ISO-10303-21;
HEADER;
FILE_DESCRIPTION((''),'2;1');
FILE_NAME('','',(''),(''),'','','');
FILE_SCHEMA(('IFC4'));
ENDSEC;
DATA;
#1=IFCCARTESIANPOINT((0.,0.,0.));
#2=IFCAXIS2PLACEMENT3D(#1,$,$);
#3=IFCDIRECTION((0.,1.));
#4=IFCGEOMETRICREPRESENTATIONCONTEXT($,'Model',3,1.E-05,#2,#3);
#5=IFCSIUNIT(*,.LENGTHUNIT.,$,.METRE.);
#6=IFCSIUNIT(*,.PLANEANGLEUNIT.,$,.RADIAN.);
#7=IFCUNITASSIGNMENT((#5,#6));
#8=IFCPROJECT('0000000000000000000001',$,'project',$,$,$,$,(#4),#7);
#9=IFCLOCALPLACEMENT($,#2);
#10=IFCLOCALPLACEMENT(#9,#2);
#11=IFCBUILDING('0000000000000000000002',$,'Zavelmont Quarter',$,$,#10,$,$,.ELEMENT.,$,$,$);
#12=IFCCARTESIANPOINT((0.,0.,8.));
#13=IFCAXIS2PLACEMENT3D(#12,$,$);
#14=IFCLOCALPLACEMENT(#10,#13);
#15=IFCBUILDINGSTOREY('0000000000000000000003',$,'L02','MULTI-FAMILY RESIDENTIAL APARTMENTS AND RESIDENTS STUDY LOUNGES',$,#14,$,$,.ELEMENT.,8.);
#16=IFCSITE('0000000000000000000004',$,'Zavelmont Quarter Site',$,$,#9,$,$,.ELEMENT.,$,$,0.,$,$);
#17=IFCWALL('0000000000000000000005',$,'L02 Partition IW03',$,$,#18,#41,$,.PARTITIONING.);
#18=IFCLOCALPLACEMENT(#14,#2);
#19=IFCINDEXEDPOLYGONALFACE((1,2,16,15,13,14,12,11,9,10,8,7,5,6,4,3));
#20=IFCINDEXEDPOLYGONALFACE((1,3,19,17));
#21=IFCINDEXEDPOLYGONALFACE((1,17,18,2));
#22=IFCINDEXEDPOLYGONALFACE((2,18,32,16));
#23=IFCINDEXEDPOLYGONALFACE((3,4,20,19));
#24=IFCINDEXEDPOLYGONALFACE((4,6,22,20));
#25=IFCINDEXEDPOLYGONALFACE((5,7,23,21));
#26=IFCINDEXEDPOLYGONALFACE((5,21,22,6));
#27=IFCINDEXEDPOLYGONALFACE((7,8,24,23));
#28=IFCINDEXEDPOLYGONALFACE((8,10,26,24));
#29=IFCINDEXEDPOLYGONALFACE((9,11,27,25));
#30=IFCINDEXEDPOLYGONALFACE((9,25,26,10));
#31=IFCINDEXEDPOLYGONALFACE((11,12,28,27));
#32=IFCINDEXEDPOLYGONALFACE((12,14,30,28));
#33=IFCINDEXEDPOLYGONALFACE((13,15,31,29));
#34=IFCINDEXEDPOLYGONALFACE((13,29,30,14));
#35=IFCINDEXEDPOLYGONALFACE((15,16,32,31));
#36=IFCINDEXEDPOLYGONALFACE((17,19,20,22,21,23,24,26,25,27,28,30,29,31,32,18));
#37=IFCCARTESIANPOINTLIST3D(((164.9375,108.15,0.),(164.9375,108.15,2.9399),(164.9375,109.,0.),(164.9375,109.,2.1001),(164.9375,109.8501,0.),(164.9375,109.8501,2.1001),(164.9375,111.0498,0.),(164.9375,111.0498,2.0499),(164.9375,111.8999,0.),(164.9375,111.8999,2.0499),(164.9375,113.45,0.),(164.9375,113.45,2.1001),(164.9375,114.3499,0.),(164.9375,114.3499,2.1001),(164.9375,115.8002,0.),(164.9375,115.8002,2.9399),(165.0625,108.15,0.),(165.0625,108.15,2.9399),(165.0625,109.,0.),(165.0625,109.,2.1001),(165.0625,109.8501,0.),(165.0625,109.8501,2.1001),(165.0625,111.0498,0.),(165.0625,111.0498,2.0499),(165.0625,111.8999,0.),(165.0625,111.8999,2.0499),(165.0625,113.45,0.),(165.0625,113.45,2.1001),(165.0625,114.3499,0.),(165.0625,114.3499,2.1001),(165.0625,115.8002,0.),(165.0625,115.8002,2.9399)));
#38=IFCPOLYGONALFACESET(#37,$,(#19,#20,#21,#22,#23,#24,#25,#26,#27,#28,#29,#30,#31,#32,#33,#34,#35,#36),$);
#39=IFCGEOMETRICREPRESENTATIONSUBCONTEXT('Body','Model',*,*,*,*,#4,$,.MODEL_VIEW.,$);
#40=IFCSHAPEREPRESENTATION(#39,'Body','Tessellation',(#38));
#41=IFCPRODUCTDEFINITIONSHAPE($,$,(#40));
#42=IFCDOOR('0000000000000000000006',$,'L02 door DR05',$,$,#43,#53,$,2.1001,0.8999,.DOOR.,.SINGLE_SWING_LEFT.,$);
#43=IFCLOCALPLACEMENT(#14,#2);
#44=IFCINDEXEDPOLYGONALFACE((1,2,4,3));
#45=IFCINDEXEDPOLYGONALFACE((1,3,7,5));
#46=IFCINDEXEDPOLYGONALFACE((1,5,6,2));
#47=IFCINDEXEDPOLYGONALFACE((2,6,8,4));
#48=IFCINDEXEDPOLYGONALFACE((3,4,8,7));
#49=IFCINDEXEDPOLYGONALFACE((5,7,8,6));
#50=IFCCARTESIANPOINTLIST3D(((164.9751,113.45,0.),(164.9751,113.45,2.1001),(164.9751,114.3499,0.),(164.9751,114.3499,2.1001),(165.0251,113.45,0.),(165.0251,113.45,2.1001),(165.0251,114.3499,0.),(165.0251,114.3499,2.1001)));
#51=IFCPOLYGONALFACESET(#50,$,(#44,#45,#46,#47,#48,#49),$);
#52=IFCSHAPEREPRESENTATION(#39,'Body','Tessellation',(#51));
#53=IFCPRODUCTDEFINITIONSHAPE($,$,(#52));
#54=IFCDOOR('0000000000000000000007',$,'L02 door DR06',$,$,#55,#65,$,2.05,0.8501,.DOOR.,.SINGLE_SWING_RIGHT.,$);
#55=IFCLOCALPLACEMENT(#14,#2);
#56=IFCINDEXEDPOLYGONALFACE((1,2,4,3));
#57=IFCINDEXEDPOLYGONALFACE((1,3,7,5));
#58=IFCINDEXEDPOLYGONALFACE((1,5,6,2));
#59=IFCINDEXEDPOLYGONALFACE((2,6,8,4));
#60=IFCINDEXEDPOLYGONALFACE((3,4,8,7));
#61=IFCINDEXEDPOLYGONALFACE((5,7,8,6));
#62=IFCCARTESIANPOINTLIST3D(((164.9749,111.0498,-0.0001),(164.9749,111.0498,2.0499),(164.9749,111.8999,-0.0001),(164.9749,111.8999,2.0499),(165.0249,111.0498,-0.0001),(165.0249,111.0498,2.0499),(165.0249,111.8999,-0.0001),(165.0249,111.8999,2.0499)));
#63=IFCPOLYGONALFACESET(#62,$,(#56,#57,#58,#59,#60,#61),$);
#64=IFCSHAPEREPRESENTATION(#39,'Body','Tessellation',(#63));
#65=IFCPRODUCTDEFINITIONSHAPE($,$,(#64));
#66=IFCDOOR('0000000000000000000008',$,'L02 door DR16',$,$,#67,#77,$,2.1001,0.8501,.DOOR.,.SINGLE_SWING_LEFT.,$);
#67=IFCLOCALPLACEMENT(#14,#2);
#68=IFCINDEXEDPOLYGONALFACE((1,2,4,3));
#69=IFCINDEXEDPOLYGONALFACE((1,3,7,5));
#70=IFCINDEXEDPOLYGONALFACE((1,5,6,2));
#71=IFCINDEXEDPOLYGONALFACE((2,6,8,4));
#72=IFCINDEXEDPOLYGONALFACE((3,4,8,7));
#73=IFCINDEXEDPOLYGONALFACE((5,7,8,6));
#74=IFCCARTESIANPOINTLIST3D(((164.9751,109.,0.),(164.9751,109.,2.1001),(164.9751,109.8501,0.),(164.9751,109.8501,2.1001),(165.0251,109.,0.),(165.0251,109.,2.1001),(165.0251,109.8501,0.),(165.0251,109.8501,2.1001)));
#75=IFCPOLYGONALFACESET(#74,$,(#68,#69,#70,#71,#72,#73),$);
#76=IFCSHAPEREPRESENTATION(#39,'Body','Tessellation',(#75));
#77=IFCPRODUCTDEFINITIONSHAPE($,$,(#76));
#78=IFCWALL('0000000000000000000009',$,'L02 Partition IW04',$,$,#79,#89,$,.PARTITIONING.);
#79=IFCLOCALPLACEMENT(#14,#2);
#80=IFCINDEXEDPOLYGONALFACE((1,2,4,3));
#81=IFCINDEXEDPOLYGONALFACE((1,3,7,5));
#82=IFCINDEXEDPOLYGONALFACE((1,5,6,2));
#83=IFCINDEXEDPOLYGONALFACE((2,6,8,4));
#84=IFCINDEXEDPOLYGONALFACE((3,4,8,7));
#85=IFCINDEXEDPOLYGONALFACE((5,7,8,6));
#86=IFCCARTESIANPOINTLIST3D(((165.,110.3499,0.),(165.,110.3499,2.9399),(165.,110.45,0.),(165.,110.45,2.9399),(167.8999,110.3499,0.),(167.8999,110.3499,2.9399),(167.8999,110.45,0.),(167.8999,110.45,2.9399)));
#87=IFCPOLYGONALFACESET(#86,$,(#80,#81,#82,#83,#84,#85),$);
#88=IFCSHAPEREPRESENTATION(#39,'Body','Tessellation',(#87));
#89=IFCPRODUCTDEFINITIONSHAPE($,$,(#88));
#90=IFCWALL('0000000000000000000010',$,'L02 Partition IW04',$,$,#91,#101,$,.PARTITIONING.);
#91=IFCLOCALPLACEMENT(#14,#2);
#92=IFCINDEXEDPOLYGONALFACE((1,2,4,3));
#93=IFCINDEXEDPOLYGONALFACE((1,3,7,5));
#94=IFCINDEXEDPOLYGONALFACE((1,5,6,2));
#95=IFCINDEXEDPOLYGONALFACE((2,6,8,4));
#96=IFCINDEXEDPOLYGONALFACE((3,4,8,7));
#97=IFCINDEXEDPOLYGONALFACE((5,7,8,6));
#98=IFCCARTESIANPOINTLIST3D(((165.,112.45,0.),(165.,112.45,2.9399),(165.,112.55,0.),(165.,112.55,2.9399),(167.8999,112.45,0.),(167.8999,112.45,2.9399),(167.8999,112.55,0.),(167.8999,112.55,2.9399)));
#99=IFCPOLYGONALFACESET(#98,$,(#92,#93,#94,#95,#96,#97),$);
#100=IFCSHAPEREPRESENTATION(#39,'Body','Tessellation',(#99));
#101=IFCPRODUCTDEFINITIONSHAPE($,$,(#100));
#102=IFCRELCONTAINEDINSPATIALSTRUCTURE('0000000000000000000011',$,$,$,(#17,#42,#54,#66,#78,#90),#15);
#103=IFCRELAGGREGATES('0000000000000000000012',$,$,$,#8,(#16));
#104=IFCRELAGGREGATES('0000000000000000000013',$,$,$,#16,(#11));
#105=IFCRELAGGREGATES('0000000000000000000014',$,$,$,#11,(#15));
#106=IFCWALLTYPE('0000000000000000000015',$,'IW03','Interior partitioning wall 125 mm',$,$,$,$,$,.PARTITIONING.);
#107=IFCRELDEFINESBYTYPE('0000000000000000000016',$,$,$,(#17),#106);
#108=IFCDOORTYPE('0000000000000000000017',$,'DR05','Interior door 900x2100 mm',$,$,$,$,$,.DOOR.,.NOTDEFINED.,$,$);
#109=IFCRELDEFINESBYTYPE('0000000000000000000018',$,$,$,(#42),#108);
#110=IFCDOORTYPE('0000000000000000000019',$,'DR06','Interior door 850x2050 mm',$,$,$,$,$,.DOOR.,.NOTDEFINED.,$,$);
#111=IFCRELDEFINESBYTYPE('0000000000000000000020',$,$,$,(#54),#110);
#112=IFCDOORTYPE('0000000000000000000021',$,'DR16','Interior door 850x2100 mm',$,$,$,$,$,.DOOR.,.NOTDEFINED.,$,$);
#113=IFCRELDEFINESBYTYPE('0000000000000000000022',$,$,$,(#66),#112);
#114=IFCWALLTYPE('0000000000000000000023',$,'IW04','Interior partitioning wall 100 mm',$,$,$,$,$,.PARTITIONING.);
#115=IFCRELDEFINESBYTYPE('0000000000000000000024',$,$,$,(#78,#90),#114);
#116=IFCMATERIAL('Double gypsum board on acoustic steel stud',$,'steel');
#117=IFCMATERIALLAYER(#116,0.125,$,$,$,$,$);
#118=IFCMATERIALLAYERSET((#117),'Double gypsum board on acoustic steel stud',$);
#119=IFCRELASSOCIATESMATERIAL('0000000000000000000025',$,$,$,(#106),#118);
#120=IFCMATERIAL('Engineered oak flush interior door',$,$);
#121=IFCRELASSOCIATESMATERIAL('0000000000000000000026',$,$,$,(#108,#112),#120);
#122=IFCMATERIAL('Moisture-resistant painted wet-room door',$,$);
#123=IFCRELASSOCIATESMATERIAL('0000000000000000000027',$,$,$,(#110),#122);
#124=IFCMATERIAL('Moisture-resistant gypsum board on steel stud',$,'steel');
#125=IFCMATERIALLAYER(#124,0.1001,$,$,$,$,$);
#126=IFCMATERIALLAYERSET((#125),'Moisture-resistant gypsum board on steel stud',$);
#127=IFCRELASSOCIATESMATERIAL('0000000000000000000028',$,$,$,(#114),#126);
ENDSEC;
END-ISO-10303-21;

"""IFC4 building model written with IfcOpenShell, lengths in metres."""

from ifc_helpers import new_model, si_unit, direction, frame, frame_2d, origin, origin_with_axes, place, context, subcontext, project, spatial, rectangle, extrude, material, layer, layer_set, type_object, element, fill, save


model = new_model("IFC4")

# Units and contexts
model_context = context("Model", 3, precision=1e-05, world=origin(), true_north=direction((0.0, 1.0)))
body_context = subcontext(model_context, "Body", "Model", "MODEL_VIEW")
ifc_project = project(units=[si_unit("LENGTHUNIT", "METRE"), si_unit("PLANEANGLEUNIT", "RADIAN")], contexts=[model_context])

# Site, building, storey
site_placement = place(None, origin())
site = spatial("IfcSite", under=ifc_project, at=site_placement, Name="Zavelmont Quarter Site", CompositionType="ELEMENT", RefElevation=0.0)
building_placement = place(site_placement, origin())
building = spatial("IfcBuilding", under=site, at=building_placement, Name="Zavelmont Quarter", CompositionType="ELEMENT")
storey_placement = place(building_placement, frame((0.0, 0.0, 8.0)))
storey = spatial("IfcBuildingStorey", under=building, at=storey_placement, Name="L02", Description="MULTI-FAMILY RESIDENTIAL APARTMENTS AND RESIDENTS STUDY LOUNGES", CompositionType="ELEMENT", Elevation=8.0)

# Wall, openings, doors
ifc_material_1 = material(Name="Double gypsum board on acoustic steel stud", Category="steel")
ifc_layer_1 = layer(ifc_material_1, 0.125)
ifc_layer_set_1 = layer_set([ifc_layer_1], Name="Double gypsum board on acoustic steel stud")
wall_type_1 = type_object("IfcWallType", Name="IW03", Description="Interior partitioning wall 125 mm", PredefinedType="PARTITIONING", material=ifc_layer_set_1)
wall_placement = place(storey_placement, frame((165.0, 108.1499, 0.0), z_axis=(0.0, 0.0, 1.0), x_axis=(0.0, 1.0, 0.0)))
wall = element("IfcWall", 1, at=wall_placement, inside=storey, type_object=wall_type_1, Name="L02 Partition IW03", PredefinedType="PARTITIONING", context=body_context, shape_type="SweptSolid", body=[
    extrude(rectangle(XDim=7.6501, YDim=0.125, at=frame_2d((3.8252, 0.0))), origin(), (0.0, 0.0, 1.0), 2.9399),
])
opening_1_placement = place(wall_placement, frame((0.8501, 0.0, 0.0)))
opening_1 = element("IfcOpeningElement", 2, at=opening_1_placement, cuts=wall, PredefinedType="OPENING", context=body_context, shape_type="SweptSolid", body=[
    extrude(rectangle(XDim=0.8501, YDim=2.1001, at=frame_2d((0.425, 1.05))), frame((0.0, 0.0745, 0.0), z_axis=(0.0, -1.0, 0.0), x_axis=(1.0, 0.0, 0.0)), (0.0, 0.0, 1.0), 0.1489),
])
opening_2_placement = place(wall_placement, frame((2.8999, 0.0, 0.0)))
opening_2 = element("IfcOpeningElement", 3, at=opening_2_placement, cuts=wall, PredefinedType="OPENING", context=body_context, shape_type="SweptSolid", body=[
    extrude(rectangle(XDim=0.8501, YDim=2.05, at=frame_2d((0.425, 1.0249))), frame((0.0, 0.0745, 0.0), z_axis=(0.0, -1.0, 0.0), x_axis=(1.0, 0.0, 0.0)), (0.0, 0.0, 1.0), 0.1489),
])
opening_3_placement = place(wall_placement, frame((5.3, 0.0, 0.0)))
opening_3 = element("IfcOpeningElement", 4, at=opening_3_placement, cuts=wall, PredefinedType="OPENING", context=body_context, shape_type="SweptSolid", body=[
    extrude(rectangle(XDim=0.8999, YDim=2.1001, at=frame_2d((0.45, 1.05))), frame((0.0, 0.0745, 0.0), z_axis=(0.0, -1.0, 0.0), x_axis=(1.0, 0.0, 0.0)), (0.0, 0.0, 1.0), 0.1489),
])
ifc_material_2 = material(Name="Engineered oak flush interior door")
door_type_1 = type_object("IfcDoorType", Name="DR05", Description="Interior door 900x2100 mm", OperationType="NOTDEFINED", PredefinedType="DOOR", material=ifc_material_2)
door_1_placement = place(opening_3_placement, origin_with_axes())
door_1 = element("IfcDoor", 5, at=door_1_placement, inside=storey, type_object=door_type_1, Name="L02 door DR05", OperationType="SINGLE_SWING_LEFT", OverallHeight=2.1001, OverallWidth=0.8999, PredefinedType="DOOR", context=body_context, shape_type="SweptSolid", body=[
    extrude(rectangle(XDim=0.8999, YDim=2.1001, at=frame_2d((0.45, 1.05))), frame((0.0, 0.0249, 0.0), z_axis=(0.0, -1.0, 0.0), x_axis=(1.0, 0.0, 0.0)), (0.0, 0.0, 1.0), 0.05),
])
fill(opening_3, door_1)
ifc_material_3 = material(Name="Moisture-resistant painted wet-room door")
door_type_2 = type_object("IfcDoorType", Name="DR06", Description="Interior door 850x2050 mm", OperationType="NOTDEFINED", PredefinedType="DOOR", material=ifc_material_3)
door_2_placement = place(opening_2_placement, frame((0.8501, 0.0, 0.0), z_axis=(0.0, 0.0, 1.0), x_axis=(-1.0, 0.0, 0.0)))
door_2 = element("IfcDoor", 6, at=door_2_placement, inside=storey, type_object=door_type_2, Name="L02 door DR06", OperationType="SINGLE_SWING_RIGHT", OverallHeight=2.05, OverallWidth=0.8501, PredefinedType="DOOR", context=body_context, shape_type="SweptSolid", body=[
    extrude(rectangle(XDim=0.8501, YDim=2.05, at=frame_2d((0.425, 1.0249))), frame((0.0, 0.0249, 0.0), z_axis=(0.0, -1.0, 0.0), x_axis=(1.0, 0.0, 0.0)), (0.0, 0.0, 1.0), 0.05),
])
fill(opening_2, door_2)
door_type_3 = type_object("IfcDoorType", Name="DR16", Description="Interior door 850x2100 mm", OperationType="NOTDEFINED", PredefinedType="DOOR", material=ifc_material_2)
door_3_placement = place(opening_1_placement, origin_with_axes())
door_3 = element("IfcDoor", 7, at=door_3_placement, inside=storey, type_object=door_type_3, Name="L02 door DR16", OperationType="SINGLE_SWING_LEFT", OverallHeight=2.1001, OverallWidth=0.8501, PredefinedType="DOOR", context=body_context, shape_type="SweptSolid", body=[
    extrude(rectangle(XDim=0.8501, YDim=2.1001, at=frame_2d((0.425, 1.05))), frame((0.0, 0.0249, 0.0), z_axis=(0.0, -1.0, 0.0), x_axis=(1.0, 0.0, 0.0)), (0.0, 0.0, 1.0), 0.05),
])
fill(opening_1, door_3)

# Walls
ifc_material_4 = material(Name="Moisture-resistant gypsum board on steel stud", Category="steel")
ifc_layer_2 = layer(ifc_material_4, 0.1001)
ifc_layer_set_2 = layer_set([ifc_layer_2], Name="Moisture-resistant gypsum board on steel stud")
wall_type_2 = type_object("IfcWallType", Name="IW04", Description="Interior partitioning wall 100 mm", PredefinedType="PARTITIONING", material=ifc_layer_set_2)
for number, where, z_axis, x_axis, name in (
    (8, (165.0, 110.3999, 0.0), (0.0, 0.0, 1.0), (1.0, 0.0, 0.0), "L02 Partition IW04"),
    (9, (165.0, 112.5, 0.0), (0.0, 0.0, 1.0), (1.0, 0.0, 0.0), "L02 Partition IW04"),
):
    element("IfcWall", number, at=place(storey_placement, frame(where, z_axis=z_axis, x_axis=x_axis)), inside=storey, type_object=wall_type_2, Name=name, PredefinedType="PARTITIONING", context=body_context, shape_type="SweptSolid", body=[
        extrude(rectangle(XDim=2.8999, YDim=0.1001, at=frame_2d((1.45, 0.0))), origin(), (0.0, 0.0, 1.0), 2.9399),
    ])

save(model, "model.ifc")
